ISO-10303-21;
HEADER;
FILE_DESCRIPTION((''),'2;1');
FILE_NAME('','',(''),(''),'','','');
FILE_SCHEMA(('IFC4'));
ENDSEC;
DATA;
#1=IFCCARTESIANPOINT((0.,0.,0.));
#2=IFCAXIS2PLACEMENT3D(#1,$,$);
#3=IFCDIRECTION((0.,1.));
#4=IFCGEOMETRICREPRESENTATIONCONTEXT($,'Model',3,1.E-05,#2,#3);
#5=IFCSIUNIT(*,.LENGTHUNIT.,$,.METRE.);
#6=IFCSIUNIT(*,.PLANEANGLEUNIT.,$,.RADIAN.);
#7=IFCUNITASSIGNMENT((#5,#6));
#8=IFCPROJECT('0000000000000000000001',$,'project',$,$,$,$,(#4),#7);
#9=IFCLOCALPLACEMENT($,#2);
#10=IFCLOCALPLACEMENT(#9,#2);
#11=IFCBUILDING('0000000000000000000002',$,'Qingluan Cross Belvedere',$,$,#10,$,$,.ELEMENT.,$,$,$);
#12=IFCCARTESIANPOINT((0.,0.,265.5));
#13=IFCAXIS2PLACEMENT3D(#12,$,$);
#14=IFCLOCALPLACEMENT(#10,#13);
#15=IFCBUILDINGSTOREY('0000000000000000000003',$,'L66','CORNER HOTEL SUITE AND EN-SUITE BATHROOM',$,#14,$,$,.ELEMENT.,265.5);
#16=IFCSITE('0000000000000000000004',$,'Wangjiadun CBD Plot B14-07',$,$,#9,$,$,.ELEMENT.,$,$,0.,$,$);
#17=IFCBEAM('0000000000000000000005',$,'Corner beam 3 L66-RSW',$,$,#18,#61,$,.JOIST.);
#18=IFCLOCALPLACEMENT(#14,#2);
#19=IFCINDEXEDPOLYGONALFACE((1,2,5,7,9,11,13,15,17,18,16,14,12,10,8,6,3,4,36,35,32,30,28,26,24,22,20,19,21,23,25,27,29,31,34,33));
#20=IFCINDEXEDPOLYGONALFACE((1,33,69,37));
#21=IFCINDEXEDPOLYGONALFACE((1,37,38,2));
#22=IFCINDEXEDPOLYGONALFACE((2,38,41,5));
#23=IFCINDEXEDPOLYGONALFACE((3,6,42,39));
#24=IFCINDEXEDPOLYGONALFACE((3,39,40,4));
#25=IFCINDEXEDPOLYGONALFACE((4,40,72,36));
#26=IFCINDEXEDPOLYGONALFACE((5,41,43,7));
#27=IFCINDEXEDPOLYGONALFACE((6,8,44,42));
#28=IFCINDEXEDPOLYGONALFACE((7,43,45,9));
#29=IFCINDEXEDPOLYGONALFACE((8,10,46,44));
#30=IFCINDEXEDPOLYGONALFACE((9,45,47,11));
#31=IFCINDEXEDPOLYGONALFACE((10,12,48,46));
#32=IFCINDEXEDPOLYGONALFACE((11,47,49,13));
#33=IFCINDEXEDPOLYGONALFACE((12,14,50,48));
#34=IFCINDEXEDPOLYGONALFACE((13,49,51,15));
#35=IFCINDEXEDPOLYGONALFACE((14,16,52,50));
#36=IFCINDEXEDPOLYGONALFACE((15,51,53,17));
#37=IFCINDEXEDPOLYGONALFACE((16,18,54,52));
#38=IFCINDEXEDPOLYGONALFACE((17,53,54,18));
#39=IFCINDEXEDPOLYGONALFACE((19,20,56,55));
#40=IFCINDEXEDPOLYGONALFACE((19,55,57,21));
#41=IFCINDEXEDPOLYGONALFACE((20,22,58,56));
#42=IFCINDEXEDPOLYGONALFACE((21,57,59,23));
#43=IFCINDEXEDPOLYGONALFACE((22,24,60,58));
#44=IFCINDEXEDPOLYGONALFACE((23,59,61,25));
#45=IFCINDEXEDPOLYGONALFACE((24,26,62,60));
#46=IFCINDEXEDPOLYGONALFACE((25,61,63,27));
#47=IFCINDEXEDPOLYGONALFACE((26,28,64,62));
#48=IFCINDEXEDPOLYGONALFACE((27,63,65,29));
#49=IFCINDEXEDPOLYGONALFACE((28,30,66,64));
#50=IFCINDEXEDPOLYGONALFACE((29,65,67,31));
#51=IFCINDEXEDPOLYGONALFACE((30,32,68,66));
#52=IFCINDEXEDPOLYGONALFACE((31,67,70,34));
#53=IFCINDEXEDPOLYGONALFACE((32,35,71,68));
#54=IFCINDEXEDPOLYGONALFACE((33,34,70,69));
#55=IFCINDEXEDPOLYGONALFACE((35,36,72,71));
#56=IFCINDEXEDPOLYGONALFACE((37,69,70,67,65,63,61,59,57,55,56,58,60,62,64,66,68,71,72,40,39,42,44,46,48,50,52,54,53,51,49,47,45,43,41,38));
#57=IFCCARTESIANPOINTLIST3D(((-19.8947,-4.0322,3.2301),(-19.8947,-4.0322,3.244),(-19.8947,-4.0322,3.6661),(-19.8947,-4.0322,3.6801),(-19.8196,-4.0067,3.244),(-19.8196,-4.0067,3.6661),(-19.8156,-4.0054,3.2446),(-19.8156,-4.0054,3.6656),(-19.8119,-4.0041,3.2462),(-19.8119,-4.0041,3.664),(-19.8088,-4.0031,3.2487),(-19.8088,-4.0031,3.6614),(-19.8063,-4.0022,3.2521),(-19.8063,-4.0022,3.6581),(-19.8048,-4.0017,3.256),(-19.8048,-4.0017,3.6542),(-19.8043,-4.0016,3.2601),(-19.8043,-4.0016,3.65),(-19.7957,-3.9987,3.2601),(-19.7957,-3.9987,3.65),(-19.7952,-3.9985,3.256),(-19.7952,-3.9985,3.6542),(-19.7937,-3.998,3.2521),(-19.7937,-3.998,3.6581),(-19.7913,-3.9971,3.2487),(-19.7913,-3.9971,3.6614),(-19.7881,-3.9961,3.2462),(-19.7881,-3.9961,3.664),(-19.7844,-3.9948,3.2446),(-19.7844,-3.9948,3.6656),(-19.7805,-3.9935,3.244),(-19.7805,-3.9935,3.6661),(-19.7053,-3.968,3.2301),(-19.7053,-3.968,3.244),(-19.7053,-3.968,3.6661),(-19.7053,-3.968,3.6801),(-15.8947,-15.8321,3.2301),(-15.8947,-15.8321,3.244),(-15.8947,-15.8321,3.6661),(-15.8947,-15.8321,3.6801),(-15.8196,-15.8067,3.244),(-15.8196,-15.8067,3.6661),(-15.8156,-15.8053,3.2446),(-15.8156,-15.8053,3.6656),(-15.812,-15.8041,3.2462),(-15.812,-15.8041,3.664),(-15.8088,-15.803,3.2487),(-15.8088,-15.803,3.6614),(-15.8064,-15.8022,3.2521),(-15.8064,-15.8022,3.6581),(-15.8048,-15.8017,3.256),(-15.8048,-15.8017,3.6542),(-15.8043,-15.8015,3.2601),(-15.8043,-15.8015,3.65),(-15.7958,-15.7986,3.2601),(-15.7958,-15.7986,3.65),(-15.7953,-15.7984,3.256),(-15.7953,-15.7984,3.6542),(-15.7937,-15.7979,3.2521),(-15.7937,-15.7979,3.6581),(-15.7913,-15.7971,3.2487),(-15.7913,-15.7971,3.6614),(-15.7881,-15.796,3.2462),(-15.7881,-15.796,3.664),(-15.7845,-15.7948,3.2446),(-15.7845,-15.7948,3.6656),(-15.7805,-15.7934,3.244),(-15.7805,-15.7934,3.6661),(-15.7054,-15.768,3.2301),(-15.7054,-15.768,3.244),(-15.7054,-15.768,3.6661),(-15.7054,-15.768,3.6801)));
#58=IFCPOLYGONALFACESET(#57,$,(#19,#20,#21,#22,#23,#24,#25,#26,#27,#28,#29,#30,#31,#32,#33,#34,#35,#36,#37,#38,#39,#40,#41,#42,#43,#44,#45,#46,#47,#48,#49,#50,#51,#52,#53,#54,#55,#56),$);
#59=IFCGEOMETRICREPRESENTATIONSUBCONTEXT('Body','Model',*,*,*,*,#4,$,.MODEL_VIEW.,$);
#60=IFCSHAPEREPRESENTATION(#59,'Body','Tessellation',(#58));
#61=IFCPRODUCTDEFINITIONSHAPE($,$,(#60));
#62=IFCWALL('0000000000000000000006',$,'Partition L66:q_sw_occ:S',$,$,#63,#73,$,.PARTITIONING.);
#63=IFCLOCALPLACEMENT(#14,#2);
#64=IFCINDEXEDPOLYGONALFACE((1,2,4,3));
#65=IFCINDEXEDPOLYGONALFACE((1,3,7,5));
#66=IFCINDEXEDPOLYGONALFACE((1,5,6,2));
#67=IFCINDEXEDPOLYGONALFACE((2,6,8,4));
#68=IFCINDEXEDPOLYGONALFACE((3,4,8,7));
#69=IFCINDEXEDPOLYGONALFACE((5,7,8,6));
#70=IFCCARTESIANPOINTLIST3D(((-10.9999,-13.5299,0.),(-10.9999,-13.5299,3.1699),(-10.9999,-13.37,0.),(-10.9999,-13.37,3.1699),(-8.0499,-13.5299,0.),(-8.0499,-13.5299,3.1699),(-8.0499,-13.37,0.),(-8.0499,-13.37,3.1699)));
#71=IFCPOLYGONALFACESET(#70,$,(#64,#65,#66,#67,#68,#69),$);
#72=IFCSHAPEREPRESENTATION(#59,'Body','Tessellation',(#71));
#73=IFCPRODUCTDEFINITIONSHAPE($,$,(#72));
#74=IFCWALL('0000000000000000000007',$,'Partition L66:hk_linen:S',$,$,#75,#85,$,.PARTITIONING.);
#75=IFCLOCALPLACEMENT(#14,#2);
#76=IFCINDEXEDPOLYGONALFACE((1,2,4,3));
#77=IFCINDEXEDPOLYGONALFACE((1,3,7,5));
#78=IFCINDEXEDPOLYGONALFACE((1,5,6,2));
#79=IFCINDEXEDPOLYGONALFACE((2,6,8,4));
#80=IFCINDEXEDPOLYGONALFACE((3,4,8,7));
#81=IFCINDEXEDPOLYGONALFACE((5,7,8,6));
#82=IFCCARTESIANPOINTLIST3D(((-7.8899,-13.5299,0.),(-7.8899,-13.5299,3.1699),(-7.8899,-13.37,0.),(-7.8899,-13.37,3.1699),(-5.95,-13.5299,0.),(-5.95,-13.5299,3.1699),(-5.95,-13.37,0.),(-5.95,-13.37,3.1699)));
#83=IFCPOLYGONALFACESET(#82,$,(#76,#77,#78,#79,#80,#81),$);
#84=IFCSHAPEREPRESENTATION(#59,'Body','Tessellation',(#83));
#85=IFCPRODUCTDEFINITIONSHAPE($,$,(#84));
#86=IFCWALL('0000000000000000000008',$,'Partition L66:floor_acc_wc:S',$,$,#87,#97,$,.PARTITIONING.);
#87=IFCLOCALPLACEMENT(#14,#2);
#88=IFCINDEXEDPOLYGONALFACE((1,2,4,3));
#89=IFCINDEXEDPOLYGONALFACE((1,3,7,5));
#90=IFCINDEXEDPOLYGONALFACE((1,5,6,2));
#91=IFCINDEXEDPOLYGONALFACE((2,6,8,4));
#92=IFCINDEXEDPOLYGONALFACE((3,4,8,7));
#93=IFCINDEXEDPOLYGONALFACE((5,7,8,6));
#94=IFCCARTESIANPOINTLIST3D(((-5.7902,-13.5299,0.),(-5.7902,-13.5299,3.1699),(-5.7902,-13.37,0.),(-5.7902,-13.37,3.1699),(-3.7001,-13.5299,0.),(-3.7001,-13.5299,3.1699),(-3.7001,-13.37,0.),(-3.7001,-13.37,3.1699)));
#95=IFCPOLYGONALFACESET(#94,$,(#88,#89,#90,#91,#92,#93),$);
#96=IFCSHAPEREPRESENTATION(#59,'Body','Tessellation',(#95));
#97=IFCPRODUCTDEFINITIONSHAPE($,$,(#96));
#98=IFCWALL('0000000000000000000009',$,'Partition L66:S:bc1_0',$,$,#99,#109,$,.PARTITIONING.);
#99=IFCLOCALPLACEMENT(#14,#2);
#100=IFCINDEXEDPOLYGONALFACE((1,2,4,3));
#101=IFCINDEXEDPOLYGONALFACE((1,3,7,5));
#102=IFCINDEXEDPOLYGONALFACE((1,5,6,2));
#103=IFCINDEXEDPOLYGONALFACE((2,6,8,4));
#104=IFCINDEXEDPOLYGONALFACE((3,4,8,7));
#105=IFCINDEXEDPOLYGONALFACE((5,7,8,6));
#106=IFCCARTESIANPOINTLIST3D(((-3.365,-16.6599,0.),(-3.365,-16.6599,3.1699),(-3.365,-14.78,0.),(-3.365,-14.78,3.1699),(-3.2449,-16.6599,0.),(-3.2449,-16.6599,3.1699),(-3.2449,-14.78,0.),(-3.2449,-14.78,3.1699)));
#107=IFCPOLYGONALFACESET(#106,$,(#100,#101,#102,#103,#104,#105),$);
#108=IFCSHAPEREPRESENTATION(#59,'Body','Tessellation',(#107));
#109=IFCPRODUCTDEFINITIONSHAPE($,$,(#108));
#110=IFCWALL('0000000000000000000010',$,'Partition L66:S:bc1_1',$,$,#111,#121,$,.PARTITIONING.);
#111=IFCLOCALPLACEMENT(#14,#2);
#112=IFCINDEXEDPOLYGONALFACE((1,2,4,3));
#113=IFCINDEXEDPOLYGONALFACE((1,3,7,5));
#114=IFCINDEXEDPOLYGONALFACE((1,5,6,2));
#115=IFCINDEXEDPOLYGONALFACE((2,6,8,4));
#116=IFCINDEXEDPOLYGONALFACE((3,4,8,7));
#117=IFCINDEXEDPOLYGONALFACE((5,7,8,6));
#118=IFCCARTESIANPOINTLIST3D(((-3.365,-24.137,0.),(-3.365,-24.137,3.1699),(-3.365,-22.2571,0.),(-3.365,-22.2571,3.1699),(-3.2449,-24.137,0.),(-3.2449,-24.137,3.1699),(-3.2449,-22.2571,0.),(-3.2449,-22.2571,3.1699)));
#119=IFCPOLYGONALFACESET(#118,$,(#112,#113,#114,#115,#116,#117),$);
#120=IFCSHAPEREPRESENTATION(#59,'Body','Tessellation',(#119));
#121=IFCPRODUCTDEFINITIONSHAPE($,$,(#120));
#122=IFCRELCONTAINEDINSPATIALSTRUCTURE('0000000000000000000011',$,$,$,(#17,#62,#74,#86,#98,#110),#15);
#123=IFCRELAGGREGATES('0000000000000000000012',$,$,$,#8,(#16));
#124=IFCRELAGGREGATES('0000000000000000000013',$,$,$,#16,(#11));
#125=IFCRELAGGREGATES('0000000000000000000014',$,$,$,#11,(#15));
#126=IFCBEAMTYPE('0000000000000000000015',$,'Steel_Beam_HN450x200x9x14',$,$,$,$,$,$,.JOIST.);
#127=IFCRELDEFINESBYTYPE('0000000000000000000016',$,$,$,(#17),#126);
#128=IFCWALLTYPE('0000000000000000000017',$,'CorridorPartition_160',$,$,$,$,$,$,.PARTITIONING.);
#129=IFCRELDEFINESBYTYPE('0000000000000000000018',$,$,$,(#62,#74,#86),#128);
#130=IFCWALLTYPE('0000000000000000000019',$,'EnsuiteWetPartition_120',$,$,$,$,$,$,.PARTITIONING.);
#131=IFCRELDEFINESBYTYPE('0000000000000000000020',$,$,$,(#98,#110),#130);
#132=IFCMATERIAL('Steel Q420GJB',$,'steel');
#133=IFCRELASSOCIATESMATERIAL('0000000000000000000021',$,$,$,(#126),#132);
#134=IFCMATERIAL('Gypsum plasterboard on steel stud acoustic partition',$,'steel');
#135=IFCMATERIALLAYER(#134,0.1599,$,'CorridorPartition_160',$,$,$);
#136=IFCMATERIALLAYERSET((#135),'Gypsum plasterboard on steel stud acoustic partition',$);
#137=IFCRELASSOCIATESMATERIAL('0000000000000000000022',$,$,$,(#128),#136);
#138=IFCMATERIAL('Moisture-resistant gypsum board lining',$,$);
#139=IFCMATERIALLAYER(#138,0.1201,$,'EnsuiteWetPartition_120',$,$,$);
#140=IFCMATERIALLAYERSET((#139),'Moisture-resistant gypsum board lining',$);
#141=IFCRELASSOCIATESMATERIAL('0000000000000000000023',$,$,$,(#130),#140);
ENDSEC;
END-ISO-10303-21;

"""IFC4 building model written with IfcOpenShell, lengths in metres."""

from ifc_helpers import new_model, si_unit, direction, frame, frame_2d, origin, origin_2d, place, context, subcontext, project, spatial, rectangle, i_section, extrude, material, layer, layer_set, material_profile, profile_set, type_object, element, save


model = new_model("IFC4")

# Units and contexts
model_context = context("Model", 3, precision=1e-05, world=origin(), true_north=direction((0.0, 1.0)))
body_context = subcontext(model_context, "Body", "Model", "MODEL_VIEW")
ifc_project = project(units=[si_unit("LENGTHUNIT", "METRE"), si_unit("PLANEANGLEUNIT", "RADIAN")], contexts=[model_context])

# Site, building, storey
site_placement = place(None, origin())
site = spatial("IfcSite", under=ifc_project, at=site_placement, Name="Wangjiadun CBD Plot B14-07", CompositionType="ELEMENT", RefElevation=0.0)
building_placement = place(site_placement, origin())
building = spatial("IfcBuilding", under=site, at=building_placement, Name="Qingluan Cross Belvedere", CompositionType="ELEMENT")
storey_placement = place(building_placement, frame((0.0, 0.0, 265.5)))
storey = spatial("IfcBuildingStorey", under=building, at=storey_placement, Name="L66", Description="CORNER HOTEL SUITE AND EN-SUITE BATHROOM", CompositionType="ELEMENT", Elevation=265.5)

# Beam
ifc_material_1 = material(Name="Steel Q420GJB", Category="steel")
ifc_material_profile_1 = material_profile(ifc_material_1, i_section(OverallWidth=0.2, OverallDepth=0.45, WebThickness=0.009, FlangeThickness=0.0139, FilletRadius=0.0161, at=origin_2d()), Name="HN450x200x9x14")
ifc_profile_set_1 = profile_set([ifc_material_profile_1], Name="Steel Q420GJB")
beam_type_1 = type_object("IfcBeamType", Name="Steel_Beam_HN450x200x9x14", PredefinedType="JOIST", material=ifc_profile_set_1)
for number, where, z_axis, x_axis, name in (
    (1, (-15.8, -15.8, 3.4551), (-0.321038, 0.947066, 0.0), (-0.947066, -0.321038, 0.0), "Corner beam 3 L66-RSW"),
):
    element("IfcBeam", number, at=place(storey_placement, frame(where, z_axis=z_axis, x_axis=x_axis)), inside=storey, type_object=beam_type_1, Name=name, PredefinedType="JOIST", context=body_context, shape_type="SweptSolid", body=[
        extrude(i_section(OverallWidth=0.2, OverallDepth=0.45, WebThickness=0.009, FlangeThickness=0.0139, FilletRadius=0.0161, at=origin_2d()), origin(), (0.0, 0.0, 1.0), 12.4595),
    ])

# Walls
ifc_material_2 = material(Name="Gypsum plasterboard on steel stud acoustic partition", Category="steel")
ifc_layer_1 = layer(ifc_material_2, 0.1599, Name="CorridorPartition_160")
ifc_layer_set_1 = layer_set([ifc_layer_1], Name="Gypsum plasterboard on steel stud acoustic partition")
wall_type_1 = type_object("IfcWallType", Name="CorridorPartition_160", PredefinedType="PARTITIONING", material=ifc_layer_set_1)
wall_1_placement = place(storey_placement, frame((-11.0, -13.45, 0.0), z_axis=(0.0, 0.0, 1.0), x_axis=(1.0, 0.0, 0.0)))
element("IfcWall", 2, at=wall_1_placement, inside=storey, type_object=wall_type_1, Name="Partition L66:q_sw_occ:S", PredefinedType="PARTITIONING", context=body_context, shape_type="SweptSolid", body=[
    extrude(rectangle(XDim=2.95, YDim=0.1599, at=frame_2d((1.4751, 0.0))), origin(), (0.0, 0.0, 1.0), 3.1699),
])
wall_2_placement = place(storey_placement, frame((-7.8899, -13.45, 0.0), z_axis=(0.0, 0.0, 1.0), x_axis=(1.0, 0.0, 0.0)))
element("IfcWall", 3, at=wall_2_placement, inside=storey, type_object=wall_type_1, Name="Partition L66:hk_linen:S", PredefinedType="PARTITIONING", context=body_context, shape_type="SweptSolid", body=[
    extrude(rectangle(XDim=1.9399, YDim=0.1599, at=frame_2d((0.97, 0.0))), origin(), (0.0, 0.0, 1.0), 3.1699),
])
wall_3_placement = place(storey_placement, frame((-5.79, -13.45, 0.0), z_axis=(0.0, 0.0, 1.0), x_axis=(1.0, 0.0, 0.0)))
element("IfcWall", 4, at=wall_3_placement, inside=storey, type_object=wall_type_1, Name="Partition L66:floor_acc_wc:S", PredefinedType="PARTITIONING", context=body_context, shape_type="SweptSolid", body=[
    extrude(rectangle(XDim=2.0901, YDim=0.1599, at=frame_2d((1.0449, 0.0))), origin(), (0.0, 0.0, 1.0), 3.1699),
])
ifc_material_3 = material(Name="Moisture-resistant gypsum board lining")
ifc_layer_2 = layer(ifc_material_3, 0.1201, Name="EnsuiteWetPartition_120")
ifc_layer_set_2 = layer_set([ifc_layer_2], Name="Moisture-resistant gypsum board lining")
wall_type_2 = type_object("IfcWallType", Name="EnsuiteWetPartition_120", PredefinedType="PARTITIONING", material=ifc_layer_set_2)
for number, where, z_axis, x_axis, name in (
    (5, (-3.3049, -14.78, 0.0), (0.0, 0.0, 1.0), (0.0, -1.0, 0.0), "Partition L66:S:bc1_0"),
    (6, (-3.3049, -22.2571, 0.0), (0.0, 0.0, 1.0), (0.0, -1.0, 0.0), "Partition L66:S:bc1_1"),
):
    element("IfcWall", number, at=place(storey_placement, frame(where, z_axis=z_axis, x_axis=x_axis)), inside=storey, type_object=wall_type_2, Name=name, PredefinedType="PARTITIONING", context=body_context, shape_type="SweptSolid", body=[
        extrude(rectangle(XDim=1.8799, YDim=0.1201, at=frame_2d((0.9399, 0.0))), origin(), (0.0, 0.0, 1.0), 3.1699),
    ])

save(model, "model.ifc")
